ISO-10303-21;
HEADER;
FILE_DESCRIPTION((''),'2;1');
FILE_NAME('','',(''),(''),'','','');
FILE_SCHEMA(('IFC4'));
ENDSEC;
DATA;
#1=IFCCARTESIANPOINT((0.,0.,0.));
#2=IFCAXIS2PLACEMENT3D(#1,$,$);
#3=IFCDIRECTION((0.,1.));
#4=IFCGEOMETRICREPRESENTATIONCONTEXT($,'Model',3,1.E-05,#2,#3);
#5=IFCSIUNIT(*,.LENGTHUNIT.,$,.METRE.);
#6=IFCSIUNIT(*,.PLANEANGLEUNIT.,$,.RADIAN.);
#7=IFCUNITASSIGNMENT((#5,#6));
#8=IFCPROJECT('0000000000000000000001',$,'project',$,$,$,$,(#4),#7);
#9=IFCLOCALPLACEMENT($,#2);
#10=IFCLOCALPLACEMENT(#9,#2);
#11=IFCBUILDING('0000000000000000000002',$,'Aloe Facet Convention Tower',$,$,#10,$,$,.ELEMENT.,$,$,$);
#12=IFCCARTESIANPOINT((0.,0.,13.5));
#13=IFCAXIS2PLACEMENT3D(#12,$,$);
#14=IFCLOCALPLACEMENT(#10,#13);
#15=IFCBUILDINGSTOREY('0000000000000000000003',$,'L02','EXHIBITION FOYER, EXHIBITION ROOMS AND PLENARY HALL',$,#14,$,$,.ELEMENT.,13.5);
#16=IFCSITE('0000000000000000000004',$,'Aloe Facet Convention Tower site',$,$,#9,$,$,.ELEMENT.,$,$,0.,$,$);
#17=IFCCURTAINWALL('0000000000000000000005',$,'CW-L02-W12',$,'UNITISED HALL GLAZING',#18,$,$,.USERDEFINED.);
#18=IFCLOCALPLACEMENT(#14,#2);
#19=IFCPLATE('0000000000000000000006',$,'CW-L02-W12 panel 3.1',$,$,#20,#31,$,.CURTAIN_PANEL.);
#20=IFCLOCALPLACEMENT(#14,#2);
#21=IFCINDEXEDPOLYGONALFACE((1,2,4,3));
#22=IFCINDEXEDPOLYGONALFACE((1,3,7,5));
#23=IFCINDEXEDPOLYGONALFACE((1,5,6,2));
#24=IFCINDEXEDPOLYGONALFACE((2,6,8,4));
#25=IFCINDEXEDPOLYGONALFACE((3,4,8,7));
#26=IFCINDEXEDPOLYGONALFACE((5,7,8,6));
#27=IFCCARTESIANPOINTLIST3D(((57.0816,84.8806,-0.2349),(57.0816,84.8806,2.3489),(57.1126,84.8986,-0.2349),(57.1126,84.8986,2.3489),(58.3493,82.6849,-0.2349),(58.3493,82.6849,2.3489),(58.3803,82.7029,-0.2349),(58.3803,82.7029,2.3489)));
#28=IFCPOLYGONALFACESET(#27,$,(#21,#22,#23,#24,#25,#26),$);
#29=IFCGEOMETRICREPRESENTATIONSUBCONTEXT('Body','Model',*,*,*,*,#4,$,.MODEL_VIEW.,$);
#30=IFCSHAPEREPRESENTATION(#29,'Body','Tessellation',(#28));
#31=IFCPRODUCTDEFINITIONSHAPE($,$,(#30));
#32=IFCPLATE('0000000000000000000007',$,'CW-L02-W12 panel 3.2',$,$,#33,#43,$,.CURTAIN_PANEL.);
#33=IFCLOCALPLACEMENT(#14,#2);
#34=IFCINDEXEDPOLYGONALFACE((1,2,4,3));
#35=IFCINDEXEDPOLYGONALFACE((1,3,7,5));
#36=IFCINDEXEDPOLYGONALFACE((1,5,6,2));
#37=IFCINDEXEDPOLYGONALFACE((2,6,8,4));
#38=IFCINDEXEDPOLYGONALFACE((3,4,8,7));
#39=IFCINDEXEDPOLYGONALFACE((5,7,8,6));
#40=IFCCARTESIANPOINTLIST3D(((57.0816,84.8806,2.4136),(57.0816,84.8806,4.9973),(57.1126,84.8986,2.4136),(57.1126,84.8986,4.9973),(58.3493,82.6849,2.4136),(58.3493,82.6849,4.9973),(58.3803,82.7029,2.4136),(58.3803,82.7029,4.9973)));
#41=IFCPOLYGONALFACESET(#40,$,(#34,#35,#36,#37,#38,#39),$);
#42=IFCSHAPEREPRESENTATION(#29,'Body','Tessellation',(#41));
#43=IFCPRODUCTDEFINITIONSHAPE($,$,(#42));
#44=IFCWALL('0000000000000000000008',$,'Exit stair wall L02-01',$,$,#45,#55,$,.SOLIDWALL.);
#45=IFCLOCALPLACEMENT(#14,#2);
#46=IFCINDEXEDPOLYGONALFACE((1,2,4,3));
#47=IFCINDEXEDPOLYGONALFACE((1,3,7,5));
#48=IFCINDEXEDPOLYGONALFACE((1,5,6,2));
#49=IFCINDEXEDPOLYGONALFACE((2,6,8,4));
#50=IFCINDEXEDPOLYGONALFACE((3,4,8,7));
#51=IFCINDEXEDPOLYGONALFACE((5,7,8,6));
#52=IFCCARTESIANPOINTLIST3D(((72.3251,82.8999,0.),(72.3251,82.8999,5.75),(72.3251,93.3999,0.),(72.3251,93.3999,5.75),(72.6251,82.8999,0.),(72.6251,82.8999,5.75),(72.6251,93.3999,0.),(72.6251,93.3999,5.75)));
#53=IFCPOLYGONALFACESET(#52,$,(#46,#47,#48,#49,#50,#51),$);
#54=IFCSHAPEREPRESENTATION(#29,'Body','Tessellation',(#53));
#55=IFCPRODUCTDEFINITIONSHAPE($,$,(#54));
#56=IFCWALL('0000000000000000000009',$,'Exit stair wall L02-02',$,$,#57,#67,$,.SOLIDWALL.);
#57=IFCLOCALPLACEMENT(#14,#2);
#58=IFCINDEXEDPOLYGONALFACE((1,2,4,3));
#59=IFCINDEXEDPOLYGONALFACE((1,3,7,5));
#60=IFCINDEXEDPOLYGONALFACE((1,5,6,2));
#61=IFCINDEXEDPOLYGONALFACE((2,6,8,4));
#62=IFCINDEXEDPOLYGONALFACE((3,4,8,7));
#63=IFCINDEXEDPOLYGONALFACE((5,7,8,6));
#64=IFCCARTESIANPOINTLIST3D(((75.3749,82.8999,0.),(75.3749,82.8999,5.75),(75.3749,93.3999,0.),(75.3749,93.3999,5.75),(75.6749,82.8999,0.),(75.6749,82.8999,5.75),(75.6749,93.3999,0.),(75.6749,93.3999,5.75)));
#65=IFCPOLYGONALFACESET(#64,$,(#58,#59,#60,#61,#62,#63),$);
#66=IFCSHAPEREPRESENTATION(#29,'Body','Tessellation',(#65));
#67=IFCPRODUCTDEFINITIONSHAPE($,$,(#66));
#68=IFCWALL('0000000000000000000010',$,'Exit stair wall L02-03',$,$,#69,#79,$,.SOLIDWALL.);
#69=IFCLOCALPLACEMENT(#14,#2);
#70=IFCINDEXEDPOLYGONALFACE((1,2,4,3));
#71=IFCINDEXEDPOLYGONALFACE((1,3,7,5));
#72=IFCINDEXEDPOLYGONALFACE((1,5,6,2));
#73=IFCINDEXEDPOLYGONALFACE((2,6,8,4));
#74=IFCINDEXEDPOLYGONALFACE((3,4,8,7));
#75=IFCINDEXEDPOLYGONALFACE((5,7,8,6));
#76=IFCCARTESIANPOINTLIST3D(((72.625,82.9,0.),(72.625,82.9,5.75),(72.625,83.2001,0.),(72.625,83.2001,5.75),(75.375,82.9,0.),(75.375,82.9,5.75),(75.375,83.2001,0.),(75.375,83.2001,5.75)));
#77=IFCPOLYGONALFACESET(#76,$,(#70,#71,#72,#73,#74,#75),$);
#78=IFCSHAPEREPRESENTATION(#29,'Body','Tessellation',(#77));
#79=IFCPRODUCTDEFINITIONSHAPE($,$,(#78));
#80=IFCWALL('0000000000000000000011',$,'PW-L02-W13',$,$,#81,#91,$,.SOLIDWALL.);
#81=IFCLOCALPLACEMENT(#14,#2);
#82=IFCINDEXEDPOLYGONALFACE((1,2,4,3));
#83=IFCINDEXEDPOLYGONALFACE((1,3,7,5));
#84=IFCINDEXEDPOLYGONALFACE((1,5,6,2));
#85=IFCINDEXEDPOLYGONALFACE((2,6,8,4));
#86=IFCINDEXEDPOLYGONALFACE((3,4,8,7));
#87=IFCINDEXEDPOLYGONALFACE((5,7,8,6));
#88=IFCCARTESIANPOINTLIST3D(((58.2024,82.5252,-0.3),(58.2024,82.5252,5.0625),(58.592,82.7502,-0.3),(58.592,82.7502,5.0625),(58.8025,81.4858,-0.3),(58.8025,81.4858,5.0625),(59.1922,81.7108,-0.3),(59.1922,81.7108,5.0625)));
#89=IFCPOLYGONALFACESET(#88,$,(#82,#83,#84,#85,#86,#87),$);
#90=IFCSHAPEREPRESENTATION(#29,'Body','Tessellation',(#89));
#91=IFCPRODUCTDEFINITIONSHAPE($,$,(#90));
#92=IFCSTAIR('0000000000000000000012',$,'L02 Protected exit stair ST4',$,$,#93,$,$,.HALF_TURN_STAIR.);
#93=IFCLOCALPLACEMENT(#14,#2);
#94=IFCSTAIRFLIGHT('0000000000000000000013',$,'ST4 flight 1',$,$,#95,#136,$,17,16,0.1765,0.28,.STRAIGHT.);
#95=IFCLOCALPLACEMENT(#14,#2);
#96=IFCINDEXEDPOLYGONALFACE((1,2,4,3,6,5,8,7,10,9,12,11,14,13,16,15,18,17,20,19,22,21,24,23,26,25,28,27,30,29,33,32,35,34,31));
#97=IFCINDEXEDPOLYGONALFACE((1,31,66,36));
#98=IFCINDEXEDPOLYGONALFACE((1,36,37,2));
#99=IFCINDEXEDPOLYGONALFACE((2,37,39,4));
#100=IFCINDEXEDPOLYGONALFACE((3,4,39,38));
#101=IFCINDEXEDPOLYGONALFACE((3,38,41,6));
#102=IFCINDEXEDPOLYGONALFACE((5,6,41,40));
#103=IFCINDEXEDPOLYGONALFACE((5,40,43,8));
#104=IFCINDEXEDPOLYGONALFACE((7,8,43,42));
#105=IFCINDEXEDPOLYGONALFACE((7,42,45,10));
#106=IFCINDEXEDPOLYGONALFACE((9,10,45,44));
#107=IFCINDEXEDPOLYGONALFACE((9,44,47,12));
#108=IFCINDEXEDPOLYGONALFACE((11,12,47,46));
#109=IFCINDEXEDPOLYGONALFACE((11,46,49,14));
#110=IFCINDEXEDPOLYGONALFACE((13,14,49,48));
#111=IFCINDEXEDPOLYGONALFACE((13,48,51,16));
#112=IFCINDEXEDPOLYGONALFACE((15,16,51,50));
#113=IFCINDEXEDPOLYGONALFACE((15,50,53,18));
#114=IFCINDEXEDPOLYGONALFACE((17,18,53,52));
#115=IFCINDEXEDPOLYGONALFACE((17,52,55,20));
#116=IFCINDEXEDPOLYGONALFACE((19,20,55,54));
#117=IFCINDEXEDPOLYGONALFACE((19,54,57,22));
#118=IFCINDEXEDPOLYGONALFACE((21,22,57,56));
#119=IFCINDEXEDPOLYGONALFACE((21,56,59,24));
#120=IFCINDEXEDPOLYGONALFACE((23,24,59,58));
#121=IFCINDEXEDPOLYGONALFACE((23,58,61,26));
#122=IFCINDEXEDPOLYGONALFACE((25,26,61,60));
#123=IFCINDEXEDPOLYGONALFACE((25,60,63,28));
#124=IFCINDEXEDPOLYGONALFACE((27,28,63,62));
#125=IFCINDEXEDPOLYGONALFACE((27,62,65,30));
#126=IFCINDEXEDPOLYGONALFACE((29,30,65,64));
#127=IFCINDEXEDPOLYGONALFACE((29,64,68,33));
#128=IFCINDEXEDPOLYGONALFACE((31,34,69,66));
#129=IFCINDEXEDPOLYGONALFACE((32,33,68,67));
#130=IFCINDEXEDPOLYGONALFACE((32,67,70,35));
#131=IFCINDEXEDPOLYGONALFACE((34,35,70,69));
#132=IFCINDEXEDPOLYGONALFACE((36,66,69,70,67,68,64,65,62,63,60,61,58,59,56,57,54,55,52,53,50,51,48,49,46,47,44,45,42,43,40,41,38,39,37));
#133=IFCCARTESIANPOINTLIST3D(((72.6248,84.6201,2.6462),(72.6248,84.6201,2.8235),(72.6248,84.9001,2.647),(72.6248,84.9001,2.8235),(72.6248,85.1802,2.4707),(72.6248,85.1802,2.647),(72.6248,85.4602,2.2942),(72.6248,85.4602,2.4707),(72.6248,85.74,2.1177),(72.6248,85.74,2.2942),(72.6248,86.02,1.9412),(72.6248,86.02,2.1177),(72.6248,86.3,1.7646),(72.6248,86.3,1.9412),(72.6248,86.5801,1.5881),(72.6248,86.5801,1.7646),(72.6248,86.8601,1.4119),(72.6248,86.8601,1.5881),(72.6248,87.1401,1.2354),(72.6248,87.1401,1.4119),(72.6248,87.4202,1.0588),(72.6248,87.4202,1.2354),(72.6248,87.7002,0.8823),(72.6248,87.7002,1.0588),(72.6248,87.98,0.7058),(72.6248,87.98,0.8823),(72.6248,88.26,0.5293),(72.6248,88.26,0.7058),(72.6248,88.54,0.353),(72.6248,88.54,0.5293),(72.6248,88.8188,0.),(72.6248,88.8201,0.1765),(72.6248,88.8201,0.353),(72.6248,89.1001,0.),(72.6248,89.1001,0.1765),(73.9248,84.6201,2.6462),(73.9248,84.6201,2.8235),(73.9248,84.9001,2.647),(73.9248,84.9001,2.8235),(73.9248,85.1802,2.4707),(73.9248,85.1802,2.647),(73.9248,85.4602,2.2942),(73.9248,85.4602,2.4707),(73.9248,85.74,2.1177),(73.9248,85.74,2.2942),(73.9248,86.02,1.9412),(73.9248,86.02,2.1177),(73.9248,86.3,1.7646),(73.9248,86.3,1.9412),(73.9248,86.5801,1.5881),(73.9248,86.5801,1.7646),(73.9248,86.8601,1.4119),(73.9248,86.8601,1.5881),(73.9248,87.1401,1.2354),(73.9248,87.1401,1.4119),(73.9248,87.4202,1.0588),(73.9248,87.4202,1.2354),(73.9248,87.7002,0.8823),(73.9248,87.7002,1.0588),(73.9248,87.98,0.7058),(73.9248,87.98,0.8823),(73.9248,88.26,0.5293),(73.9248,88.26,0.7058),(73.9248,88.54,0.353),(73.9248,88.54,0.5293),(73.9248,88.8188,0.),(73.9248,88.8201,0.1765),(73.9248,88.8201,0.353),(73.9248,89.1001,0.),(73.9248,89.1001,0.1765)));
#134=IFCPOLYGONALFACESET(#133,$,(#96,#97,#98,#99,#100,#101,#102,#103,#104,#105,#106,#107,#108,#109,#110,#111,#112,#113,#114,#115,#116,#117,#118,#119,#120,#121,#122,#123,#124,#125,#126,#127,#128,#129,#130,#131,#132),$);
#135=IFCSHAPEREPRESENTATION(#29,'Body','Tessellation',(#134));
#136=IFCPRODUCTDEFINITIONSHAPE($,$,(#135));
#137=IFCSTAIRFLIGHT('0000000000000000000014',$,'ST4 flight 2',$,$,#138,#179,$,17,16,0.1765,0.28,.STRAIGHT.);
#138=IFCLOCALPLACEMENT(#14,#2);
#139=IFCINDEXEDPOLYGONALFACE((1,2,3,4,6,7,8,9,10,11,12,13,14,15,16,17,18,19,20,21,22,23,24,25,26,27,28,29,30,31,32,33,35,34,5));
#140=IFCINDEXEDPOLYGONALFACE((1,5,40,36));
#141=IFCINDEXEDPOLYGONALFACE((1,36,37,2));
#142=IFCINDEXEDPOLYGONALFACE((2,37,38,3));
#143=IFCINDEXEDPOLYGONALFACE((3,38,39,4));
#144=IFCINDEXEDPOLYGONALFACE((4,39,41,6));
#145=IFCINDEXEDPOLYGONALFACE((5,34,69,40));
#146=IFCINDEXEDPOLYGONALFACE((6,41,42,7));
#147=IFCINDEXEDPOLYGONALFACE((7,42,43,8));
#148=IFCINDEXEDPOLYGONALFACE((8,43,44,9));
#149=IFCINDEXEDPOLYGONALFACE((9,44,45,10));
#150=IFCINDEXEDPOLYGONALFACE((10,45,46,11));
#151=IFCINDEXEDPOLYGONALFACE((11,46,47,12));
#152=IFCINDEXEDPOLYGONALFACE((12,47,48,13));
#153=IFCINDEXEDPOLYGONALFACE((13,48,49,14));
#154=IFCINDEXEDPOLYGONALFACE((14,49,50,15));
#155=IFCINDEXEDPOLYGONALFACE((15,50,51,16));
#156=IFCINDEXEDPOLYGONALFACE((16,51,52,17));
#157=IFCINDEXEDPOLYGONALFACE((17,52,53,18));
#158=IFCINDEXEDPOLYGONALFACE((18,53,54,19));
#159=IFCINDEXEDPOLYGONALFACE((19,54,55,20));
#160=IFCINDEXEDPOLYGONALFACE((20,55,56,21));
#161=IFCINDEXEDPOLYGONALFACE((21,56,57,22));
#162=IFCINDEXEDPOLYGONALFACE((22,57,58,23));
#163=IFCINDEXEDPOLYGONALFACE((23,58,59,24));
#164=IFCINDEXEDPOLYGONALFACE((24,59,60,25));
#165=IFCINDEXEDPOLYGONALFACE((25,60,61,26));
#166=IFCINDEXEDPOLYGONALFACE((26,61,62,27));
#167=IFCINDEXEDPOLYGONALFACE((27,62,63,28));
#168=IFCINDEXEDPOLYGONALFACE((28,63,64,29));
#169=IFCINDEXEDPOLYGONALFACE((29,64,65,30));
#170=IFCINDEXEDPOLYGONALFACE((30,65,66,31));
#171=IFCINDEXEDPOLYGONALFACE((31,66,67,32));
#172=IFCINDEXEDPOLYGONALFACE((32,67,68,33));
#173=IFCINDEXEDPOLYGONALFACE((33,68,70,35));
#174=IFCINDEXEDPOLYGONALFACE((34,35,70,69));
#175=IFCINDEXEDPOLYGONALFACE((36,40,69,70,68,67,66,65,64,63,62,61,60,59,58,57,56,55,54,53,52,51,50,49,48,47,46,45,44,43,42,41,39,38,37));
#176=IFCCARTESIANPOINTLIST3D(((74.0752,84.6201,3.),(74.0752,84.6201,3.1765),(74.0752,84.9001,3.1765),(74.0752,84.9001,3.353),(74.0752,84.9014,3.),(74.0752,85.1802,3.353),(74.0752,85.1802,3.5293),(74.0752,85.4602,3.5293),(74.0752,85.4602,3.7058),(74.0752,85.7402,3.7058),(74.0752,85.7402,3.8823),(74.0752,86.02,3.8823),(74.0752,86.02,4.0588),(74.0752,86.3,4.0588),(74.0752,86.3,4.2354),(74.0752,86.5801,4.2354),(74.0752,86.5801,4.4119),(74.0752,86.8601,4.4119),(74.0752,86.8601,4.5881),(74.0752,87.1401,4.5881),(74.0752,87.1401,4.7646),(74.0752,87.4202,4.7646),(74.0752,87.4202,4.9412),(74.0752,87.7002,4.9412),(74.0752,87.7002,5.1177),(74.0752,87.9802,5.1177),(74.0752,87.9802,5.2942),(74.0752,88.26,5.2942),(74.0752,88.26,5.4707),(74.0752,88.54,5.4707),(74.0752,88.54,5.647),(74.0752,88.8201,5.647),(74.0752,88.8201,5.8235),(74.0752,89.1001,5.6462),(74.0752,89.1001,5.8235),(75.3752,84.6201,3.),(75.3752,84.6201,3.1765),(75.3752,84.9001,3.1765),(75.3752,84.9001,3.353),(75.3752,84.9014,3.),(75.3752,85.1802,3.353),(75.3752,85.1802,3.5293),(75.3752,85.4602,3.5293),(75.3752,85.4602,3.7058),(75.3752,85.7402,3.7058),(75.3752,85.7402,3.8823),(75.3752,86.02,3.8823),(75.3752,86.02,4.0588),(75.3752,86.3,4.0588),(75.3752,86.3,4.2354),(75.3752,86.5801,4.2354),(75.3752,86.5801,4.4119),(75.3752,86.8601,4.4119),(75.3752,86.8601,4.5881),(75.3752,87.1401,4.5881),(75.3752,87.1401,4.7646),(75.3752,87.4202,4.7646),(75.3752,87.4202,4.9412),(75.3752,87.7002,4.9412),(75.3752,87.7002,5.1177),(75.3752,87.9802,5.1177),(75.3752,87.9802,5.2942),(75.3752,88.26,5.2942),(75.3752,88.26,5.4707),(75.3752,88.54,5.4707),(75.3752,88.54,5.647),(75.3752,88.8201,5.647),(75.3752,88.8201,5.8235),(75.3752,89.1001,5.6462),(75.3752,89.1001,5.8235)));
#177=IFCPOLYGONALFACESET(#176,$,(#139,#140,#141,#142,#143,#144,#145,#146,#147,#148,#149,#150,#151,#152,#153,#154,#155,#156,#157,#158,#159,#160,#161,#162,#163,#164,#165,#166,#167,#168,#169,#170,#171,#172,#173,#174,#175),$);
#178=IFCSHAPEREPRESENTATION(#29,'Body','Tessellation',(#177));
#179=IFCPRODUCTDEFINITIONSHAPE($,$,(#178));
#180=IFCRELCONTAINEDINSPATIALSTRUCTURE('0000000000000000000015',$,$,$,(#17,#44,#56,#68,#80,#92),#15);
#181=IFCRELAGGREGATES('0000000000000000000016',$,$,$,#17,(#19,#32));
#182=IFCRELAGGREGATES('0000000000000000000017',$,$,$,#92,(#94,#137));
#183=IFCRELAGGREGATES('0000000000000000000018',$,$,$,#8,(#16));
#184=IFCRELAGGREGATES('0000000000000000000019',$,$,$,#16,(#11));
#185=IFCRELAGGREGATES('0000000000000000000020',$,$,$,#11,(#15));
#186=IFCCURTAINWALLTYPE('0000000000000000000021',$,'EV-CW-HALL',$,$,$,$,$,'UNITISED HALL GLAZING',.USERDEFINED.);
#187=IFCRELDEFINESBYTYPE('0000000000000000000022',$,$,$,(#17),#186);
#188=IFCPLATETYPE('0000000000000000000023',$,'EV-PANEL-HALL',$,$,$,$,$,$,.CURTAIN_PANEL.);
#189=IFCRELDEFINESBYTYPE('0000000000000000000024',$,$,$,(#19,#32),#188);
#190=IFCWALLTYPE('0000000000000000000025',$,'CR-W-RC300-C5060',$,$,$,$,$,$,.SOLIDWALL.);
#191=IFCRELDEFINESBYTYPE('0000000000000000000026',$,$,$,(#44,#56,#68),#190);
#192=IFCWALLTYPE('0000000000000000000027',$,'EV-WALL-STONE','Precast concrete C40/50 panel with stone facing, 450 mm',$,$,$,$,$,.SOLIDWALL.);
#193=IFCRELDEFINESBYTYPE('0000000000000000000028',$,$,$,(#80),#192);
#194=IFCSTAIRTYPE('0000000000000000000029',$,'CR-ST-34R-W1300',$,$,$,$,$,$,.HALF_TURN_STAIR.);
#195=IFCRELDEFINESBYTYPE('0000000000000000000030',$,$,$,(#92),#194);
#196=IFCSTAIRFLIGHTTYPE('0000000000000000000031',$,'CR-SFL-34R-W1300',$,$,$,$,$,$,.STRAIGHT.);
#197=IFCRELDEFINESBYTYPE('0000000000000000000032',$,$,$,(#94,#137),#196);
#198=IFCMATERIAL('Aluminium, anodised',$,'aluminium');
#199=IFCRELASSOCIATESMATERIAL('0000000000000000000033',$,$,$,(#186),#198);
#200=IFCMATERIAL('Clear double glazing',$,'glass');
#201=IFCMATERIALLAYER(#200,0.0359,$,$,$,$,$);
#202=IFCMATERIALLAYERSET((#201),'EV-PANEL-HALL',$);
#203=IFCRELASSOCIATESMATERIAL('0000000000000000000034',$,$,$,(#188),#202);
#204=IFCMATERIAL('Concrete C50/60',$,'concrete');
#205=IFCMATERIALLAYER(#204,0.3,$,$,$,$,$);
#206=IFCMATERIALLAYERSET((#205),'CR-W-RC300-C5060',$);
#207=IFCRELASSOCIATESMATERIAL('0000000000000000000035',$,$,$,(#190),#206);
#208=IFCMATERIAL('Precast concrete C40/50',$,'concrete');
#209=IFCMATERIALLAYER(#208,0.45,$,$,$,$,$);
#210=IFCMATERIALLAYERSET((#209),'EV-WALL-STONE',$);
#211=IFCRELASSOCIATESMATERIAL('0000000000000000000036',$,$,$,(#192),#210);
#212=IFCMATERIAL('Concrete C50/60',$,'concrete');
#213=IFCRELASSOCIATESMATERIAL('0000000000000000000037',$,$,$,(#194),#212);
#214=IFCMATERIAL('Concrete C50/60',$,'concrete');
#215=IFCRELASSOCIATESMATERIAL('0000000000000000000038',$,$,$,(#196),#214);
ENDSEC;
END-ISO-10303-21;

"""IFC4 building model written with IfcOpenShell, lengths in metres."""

from ifc_helpers import new_model, si_unit, direction, frame, frame_2d, origin, origin_2d, place, context, subcontext, project, spatial, polyline, rectangle, outline, extrude, material, layer, layer_set, type_object, element, aggregate, save


model = new_model("IFC4")

# Units and contexts
model_context = context("Model", 3, precision=1e-05, world=origin(), true_north=direction((0.0, 1.0)))
body_context = subcontext(model_context, "Body", "Model", "MODEL_VIEW")
ifc_project = project(units=[si_unit("LENGTHUNIT", "METRE"), si_unit("PLANEANGLEUNIT", "RADIAN")], contexts=[model_context])

# Site, building, storey
site_placement = place(None, origin())
site = spatial("IfcSite", under=ifc_project, at=site_placement, Name="Aloe Facet Convention Tower site", CompositionType="ELEMENT", RefElevation=0.0)
building_placement = place(site_placement, origin())
building = spatial("IfcBuilding", under=site, at=building_placement, Name="Aloe Facet Convention Tower", CompositionType="ELEMENT")
storey_placement = place(building_placement, frame((0.0, 0.0, 13.5)))
storey = spatial("IfcBuildingStorey", under=building, at=storey_placement, Name="L02", Description="EXHIBITION FOYER, EXHIBITION ROOMS AND PLENARY HALL", CompositionType="ELEMENT", Elevation=13.5)

# Curtain wall
ifc_material_1 = material(Name="Aluminium, anodised", Category="aluminium")
curtain_wall_type = type_object("IfcCurtainWallType", Name="EV-CW-HALL", ElementType="UNITISED HALL GLAZING", PredefinedType="USERDEFINED", material=ifc_material_1)
curtain_wall_placement = place(storey_placement, origin())
curtain_wall = element("IfcCurtainWall", 1, at=curtain_wall_placement, inside=storey, type_object=curtain_wall_type, Name="CW-L02-W12", ObjectType="UNITISED HALL GLAZING", PredefinedType="USERDEFINED")

# Plates
ifc_material_2 = material(Name="Clear double glazing", Category="glass")
ifc_layer_1 = layer(ifc_material_2, 0.0359)
ifc_layer_set_1 = layer_set([ifc_layer_1], Name="EV-PANEL-HALL")
plate_type = type_object("IfcPlateType", Name="EV-PANEL-HALL", PredefinedType="CURTAIN_PANEL", material=ifc_layer_set_1)
plate_1_placement = place(storey_placement, frame((57.731, 83.7917, -0.2349), z_axis=(0.0, 0.0, 1.0), x_axis=(0.5, -0.866025, 0.0)))
plate_1 = element("IfcPlate", 2, at=plate_1_placement, type_object=plate_type, Name="CW-L02-W12 panel 3.1", PredefinedType="CURTAIN_PANEL", context=body_context, shape_type="SweptSolid", body=[
    extrude(rectangle(XDim=2.5354, YDim=0.0359, at=origin_2d()), origin(), (0.0, 0.0, 1.0), 2.5837),
])
plate_2_placement = place(storey_placement, frame((57.731, 83.7917, 2.4136), z_axis=(0.0, 0.0, 1.0), x_axis=(0.5, -0.866025, 0.0)))
plate_2 = element("IfcPlate", 3, at=plate_2_placement, type_object=plate_type, Name="CW-L02-W12 panel 3.2", PredefinedType="CURTAIN_PANEL", context=body_context, shape_type="SweptSolid", body=[
    extrude(rectangle(XDim=2.5354, YDim=0.0359, at=origin_2d()), origin(), (0.0, 0.0, 1.0), 2.5837),
])
aggregate(curtain_wall, [plate_1, plate_2])

# Walls
ifc_material_3 = material(Name="Concrete C50/60", Category="concrete")
ifc_layer_2 = layer(ifc_material_3, 0.3)
ifc_layer_set_2 = layer_set([ifc_layer_2], Name="CR-W-RC300-C5060")
wall_type_1 = type_object("IfcWallType", Name="CR-W-RC300-C5060", PredefinedType="SOLIDWALL", material=ifc_layer_set_2)
for number, where, z_axis, x_axis, name in (
    (4, (72.4751, 82.8999, 0.0), (0.0, 0.0, 1.0), (0.0, 1.0, 0.0), "Exit stair wall L02-01"),
    (5, (75.5249, 82.8999, 0.0), (0.0, 0.0, 1.0), (0.0, 1.0, 0.0), "Exit stair wall L02-02"),
):
    element("IfcWall", number, at=place(storey_placement, frame(where, z_axis=z_axis, x_axis=x_axis)), inside=storey, type_object=wall_type_1, Name=name, PredefinedType="SOLIDWALL", context=body_context, shape_type="SweptSolid", body=[
        extrude(rectangle(XDim=10.5, YDim=0.3, at=frame_2d((5.25, 0.0))), origin(), (0.0, 0.0, 1.0), 5.75),
    ])
wall_1_placement = place(storey_placement, frame((72.625, 83.05, 0.0), z_axis=(0.0, 0.0, 1.0), x_axis=(1.0, 0.0, 0.0)))
element("IfcWall", 6, at=wall_1_placement, inside=storey, type_object=wall_type_1, Name="Exit stair wall L02-03", PredefinedType="SOLIDWALL", context=body_context, shape_type="SweptSolid", body=[
    extrude(rectangle(XDim=2.75, YDim=0.3, at=frame_2d((1.375, 0.0))), origin(), (0.0, 0.0, 1.0), 5.75),
])
ifc_material_4 = material(Name="Precast concrete C40/50", Category="concrete")
ifc_layer_3 = layer(ifc_material_4, 0.45)
ifc_layer_set_3 = layer_set([ifc_layer_3], Name="EV-WALL-STONE")
wall_type_2 = type_object("IfcWallType", Name="EV-WALL-STONE", Description="Precast concrete C40/50 panel with stone facing, 450 mm", PredefinedType="SOLIDWALL", material=ifc_layer_set_3)
wall_2_placement = place(storey_placement, frame((58.3972, 82.6377, -0.3), z_axis=(0.0, 0.0, 1.0), x_axis=(0.500034, -0.866006, 0.0)))
element("IfcWall", 7, at=wall_2_placement, inside=storey, type_object=wall_type_2, Name="PW-L02-W13", PredefinedType="SOLIDWALL", context=body_context, shape_type="SweptSolid", body=[
    extrude(rectangle(XDim=1.2002, YDim=0.45, at=frame_2d((0.6001, 0.0))), origin(), (0.0, 0.0, 1.0), 5.3625),
])

# Stair, stair flights
ifc_material_5 = material(Name="Concrete C50/60", Category="concrete")
stair_type = type_object("IfcStairType", Name="CR-ST-34R-W1300", PredefinedType="HALF_TURN_STAIR", material=ifc_material_5)
stair_placement = place(storey_placement, origin())
stair = element("IfcStair", 8, at=stair_placement, inside=storey, type_object=stair_type, Name="L02 Protected exit stair ST4", PredefinedType="HALF_TURN_STAIR")
ifc_material_6 = material(Name="Concrete C50/60", Category="concrete")
stair_flight_type = type_object("IfcStairFlightType", Name="CR-SFL-34R-W1300", PredefinedType="STRAIGHT", material=ifc_material_6)
stair_flight_1_placement = place(storey_placement, frame((73.2749, 89.1001, 0.0), z_axis=(0.0, 0.0, 1.0), x_axis=(0.0, -1.0, 0.0)))
stair_flight_1 = element("IfcStairFlight", 9, at=stair_flight_1_placement, type_object=stair_flight_type, Name="ST4 flight 1", NumberOfRisers=17, NumberOfTreads=16, PredefinedType="STRAIGHT", RiserHeight=0.1765, TreadLength=0.28, context=body_context, shape_type="SweptSolid", body=[
    extrude(outline(polyline([(0.0, 0.0), (0.0, 0.1765), (0.28, 0.1765), (0.28, 0.353), (0.5601, 0.353), (0.5601, 0.5293), (0.8401, 0.5293), (0.8401, 0.7058), (1.1201, 0.7058), (1.1201, 0.8823), (1.3999, 0.8823), (1.3999, 1.0588), (1.6799, 1.0588), (1.6799, 1.2354), (1.96, 1.2354), (1.96, 1.4119), (2.24, 1.4119), (2.24, 1.5881), (2.52, 1.5881), (2.52, 1.7646), (2.8, 1.7646), (2.8, 1.9412), (3.0801, 1.9412), (3.0801, 2.1177), (3.3601, 2.1177), (3.3601, 2.2942), (3.6399, 2.2942), (3.6399, 2.4707), (3.9199, 2.4707), (3.9199, 2.647), (4.2, 2.647), (4.2, 2.8235), (4.48, 2.8235), (4.48, 3.0), (4.48, 2.6462), (0.2812, 0.0), (0.0, 0.0)])), frame((0.0, 0.6499, 0.0), z_axis=(0.0, -1.0, 0.0), x_axis=(1.0, 0.0, 0.0)), (0.0, 0.0, 1.0), 1.3),
])
stair_flight_2_placement = place(storey_placement, frame((74.7251, 84.6201, 3.0), z_axis=(0.0, 0.0, 1.0), x_axis=(0.0, 1.0, 0.0)))
stair_flight_2 = element("IfcStairFlight", 10, at=stair_flight_2_placement, type_object=stair_flight_type, Name="ST4 flight 2", NumberOfRisers=17, NumberOfTreads=16, PredefinedType="STRAIGHT", RiserHeight=0.1765, TreadLength=0.28, context=body_context, shape_type="SweptSolid", body=[
    extrude(outline(polyline([(0.0, 0.0), (0.0, 0.1765), (0.28, 0.1765), (0.28, 0.353), (0.5601, 0.353), (0.5601, 0.5293), (0.8401, 0.5293), (0.8401, 0.7058), (1.1201, 0.7058), (1.1201, 0.8823), (1.3999, 0.8823), (1.3999, 1.0588), (1.6799, 1.0588), (1.6799, 1.2354), (1.96, 1.2354), (1.96, 1.4119), (2.24, 1.4119), (2.24, 1.5881), (2.52, 1.5881), (2.52, 1.7646), (2.8, 1.7646), (2.8, 1.9412), (3.0801, 1.9412), (3.0801, 2.1177), (3.3601, 2.1177), (3.3601, 2.2942), (3.6399, 2.2942), (3.6399, 2.4707), (3.9199, 2.4707), (3.9199, 2.647), (4.2, 2.647), (4.2, 2.8235), (4.48, 2.8235), (4.48, 3.0), (4.48, 2.6462), (0.2812, 0.0), (0.0, 0.0)])), frame((0.0, 0.6499, 0.0), z_axis=(0.0, -1.0, 0.0), x_axis=(1.0, 0.0, 0.0)), (0.0, 0.0, 1.0), 1.3),
])
aggregate(stair, [stair_flight_1, stair_flight_2])

save(model, "model.ifc")
